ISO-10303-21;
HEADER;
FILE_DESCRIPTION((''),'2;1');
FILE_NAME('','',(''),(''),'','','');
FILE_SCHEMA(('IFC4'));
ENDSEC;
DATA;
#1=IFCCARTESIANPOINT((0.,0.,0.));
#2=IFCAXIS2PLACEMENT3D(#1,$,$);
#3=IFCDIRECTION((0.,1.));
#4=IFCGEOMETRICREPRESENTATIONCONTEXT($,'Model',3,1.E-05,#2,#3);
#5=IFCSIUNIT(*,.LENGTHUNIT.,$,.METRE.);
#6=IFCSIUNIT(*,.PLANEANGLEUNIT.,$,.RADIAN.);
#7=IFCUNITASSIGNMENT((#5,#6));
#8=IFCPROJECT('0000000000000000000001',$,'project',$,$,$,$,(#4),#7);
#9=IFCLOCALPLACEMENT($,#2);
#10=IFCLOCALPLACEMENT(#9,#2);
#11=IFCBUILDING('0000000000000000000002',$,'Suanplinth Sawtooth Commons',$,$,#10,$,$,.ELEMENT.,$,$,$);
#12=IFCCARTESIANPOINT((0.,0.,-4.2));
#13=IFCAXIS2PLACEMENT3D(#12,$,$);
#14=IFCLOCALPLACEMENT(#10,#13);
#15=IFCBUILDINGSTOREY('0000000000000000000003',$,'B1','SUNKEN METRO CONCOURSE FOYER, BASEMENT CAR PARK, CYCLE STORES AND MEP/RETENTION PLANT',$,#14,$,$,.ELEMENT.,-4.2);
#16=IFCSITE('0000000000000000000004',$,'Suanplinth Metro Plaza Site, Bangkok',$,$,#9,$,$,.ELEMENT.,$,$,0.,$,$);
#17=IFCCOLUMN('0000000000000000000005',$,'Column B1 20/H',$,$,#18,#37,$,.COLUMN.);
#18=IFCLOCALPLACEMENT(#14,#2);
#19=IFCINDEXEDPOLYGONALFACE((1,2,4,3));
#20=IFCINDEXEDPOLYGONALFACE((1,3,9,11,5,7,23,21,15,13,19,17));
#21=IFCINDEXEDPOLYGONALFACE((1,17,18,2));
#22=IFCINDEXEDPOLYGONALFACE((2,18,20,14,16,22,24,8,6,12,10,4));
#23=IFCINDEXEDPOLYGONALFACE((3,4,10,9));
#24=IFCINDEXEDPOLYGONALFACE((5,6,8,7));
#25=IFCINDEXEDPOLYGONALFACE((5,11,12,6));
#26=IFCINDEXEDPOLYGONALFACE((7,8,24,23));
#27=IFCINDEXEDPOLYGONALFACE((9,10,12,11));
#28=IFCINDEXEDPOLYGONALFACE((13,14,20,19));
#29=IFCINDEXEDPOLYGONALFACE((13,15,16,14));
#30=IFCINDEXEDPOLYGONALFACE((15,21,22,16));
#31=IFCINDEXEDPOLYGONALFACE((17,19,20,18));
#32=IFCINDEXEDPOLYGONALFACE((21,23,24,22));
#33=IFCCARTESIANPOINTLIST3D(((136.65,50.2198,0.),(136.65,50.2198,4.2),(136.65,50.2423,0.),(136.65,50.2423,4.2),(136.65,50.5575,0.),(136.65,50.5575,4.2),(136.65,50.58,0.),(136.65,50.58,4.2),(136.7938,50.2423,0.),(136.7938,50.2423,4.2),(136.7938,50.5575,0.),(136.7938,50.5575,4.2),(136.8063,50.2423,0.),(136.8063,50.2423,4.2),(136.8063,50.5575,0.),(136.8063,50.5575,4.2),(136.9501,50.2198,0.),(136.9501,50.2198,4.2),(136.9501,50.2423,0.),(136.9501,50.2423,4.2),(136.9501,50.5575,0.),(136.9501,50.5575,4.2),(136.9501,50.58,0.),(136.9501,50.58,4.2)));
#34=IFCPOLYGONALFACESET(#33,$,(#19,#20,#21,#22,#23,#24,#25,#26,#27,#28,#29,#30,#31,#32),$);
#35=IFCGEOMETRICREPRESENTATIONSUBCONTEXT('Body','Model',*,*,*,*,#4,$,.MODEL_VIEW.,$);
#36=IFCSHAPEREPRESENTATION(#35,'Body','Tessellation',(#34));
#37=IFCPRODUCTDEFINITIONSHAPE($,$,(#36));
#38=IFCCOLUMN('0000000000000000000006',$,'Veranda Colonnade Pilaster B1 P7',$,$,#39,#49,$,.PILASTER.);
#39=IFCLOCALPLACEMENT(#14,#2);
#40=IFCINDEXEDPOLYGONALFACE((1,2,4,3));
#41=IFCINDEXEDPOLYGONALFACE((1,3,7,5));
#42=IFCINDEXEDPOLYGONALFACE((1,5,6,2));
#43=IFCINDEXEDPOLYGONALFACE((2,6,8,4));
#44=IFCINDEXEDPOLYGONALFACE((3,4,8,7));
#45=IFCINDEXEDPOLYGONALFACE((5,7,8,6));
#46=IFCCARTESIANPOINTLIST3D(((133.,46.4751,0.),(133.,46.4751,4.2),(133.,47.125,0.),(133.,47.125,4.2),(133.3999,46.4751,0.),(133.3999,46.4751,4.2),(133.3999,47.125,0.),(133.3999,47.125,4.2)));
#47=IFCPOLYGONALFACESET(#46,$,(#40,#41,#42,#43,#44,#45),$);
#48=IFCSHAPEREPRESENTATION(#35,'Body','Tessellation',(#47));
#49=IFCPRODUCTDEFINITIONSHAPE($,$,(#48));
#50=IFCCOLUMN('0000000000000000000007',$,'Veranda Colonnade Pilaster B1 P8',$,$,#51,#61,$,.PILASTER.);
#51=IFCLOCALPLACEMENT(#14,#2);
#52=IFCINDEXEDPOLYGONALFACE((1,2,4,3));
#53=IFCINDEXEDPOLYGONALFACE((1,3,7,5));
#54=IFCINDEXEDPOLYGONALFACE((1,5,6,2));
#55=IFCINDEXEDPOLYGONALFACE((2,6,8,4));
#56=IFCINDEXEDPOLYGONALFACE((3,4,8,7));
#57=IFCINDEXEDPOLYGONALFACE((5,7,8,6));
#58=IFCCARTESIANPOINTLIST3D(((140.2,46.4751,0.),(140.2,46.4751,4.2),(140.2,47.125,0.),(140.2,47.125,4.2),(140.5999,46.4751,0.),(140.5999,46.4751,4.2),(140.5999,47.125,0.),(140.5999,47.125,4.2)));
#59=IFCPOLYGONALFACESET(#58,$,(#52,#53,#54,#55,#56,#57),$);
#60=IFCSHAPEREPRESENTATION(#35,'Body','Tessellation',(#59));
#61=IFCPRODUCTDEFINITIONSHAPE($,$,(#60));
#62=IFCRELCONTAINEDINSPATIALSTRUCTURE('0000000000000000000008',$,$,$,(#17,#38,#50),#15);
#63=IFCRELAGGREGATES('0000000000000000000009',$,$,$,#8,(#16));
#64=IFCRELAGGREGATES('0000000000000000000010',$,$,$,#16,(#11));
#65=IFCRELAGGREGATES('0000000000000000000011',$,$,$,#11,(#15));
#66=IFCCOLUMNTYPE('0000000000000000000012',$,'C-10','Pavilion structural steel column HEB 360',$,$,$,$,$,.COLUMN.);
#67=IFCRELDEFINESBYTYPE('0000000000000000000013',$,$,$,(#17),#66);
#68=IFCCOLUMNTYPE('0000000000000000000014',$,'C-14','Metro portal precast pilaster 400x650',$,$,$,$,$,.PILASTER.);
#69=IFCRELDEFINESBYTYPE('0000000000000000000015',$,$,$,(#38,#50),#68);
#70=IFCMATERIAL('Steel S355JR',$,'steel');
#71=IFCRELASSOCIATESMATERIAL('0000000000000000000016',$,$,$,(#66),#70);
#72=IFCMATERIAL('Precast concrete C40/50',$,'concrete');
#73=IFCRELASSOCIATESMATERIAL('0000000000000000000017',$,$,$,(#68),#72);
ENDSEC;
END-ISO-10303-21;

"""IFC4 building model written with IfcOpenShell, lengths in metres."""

from ifc_helpers import new_model, si_unit, direction, frame, origin, origin_2d, place, context, subcontext, project, spatial, rectangle, i_section, extrude, material, material_profile, profile_set, type_object, element, save


model = new_model("IFC4")

# Units and contexts
model_context = context("Model", 3, precision=1e-05, world=origin(), true_north=direction((0.0, 1.0)))
body_context = subcontext(model_context, "Body", "Model", "MODEL_VIEW")
ifc_project = project(units=[si_unit("LENGTHUNIT", "METRE"), si_unit("PLANEANGLEUNIT", "RADIAN")], contexts=[model_context])

# Site, building, storey
site_placement = place(None, origin())
site = spatial("IfcSite", under=ifc_project, at=site_placement, Name="Suanplinth Metro Plaza Site, Bangkok", CompositionType="ELEMENT", RefElevation=0.0)
building_placement = place(site_placement, origin())
building = spatial("IfcBuilding", under=site, at=building_placement, Name="Suanplinth Sawtooth Commons", CompositionType="ELEMENT")
storey_placement = place(building_placement, frame((0.0, 0.0, -4.2)))
storey = spatial("IfcBuildingStorey", under=building, at=storey_placement, Name="B1", Description="SUNKEN METRO CONCOURSE FOYER, BASEMENT CAR PARK, CYCLE STORES AND MEP/RETENTION PLANT", CompositionType="ELEMENT", Elevation=-4.2)

# Columns
ifc_material_1 = material(Name="Steel S355JR", Category="steel")
ifc_material_profile_1 = material_profile(ifc_material_1, i_section(OverallWidth=0.3, OverallDepth=0.3601, WebThickness=0.0125, FlangeThickness=0.0225, at=origin_2d()), Name="HEB 360")
ifc_profile_set_1 = profile_set([ifc_material_profile_1], Name="Steel S355JR")
column_type_1 = type_object("IfcColumnType", Name="C-10", Description="Pavilion structural steel column HEB 360", PredefinedType="COLUMN", material=ifc_profile_set_1)
column_1_placement = place(storey_placement, frame((136.8, 50.3999, 0.0), z_axis=(0.0, 0.0, 1.0), x_axis=(1.0, 0.0, 0.0)))
element("IfcColumn", 1, at=column_1_placement, inside=storey, type_object=column_type_1, Name="Column B1 20/H", PredefinedType="COLUMN", context=body_context, shape_type="SweptSolid", body=[
    extrude(i_section(OverallWidth=0.3, OverallDepth=0.3601, WebThickness=0.0125, FlangeThickness=0.0225, at=origin_2d()), origin(), (0.0, 0.0, 1.0), 4.2),
])
ifc_material_2 = material(Name="Precast concrete C40/50", Category="concrete")
ifc_material_profile_2 = material_profile(ifc_material_2, rectangle(XDim=0.3999, YDim=0.6499, at=origin_2d()), Name="PC-PIL 400x650")
ifc_profile_set_2 = profile_set([ifc_material_profile_2], Name="Precast concrete C40/50")
column_type_2 = type_object("IfcColumnType", Name="C-14", Description="Metro portal precast pilaster 400x650", PredefinedType="PILASTER", material=ifc_profile_set_2)
for number, where, z_axis, x_axis, name in (
    (2, (133.2, 46.8, 0.0), (0.0, 0.0, 1.0), (1.0, 0.0, 0.0), "Veranda Colonnade Pilaster B1 P7"),
    (3, (140.3999, 46.8, 0.0), (0.0, 0.0, 1.0), (1.0, 0.0, 0.0), "Veranda Colonnade Pilaster B1 P8"),
):
    element("IfcColumn", number, at=place(storey_placement, frame(where, z_axis=z_axis, x_axis=x_axis)), inside=storey, type_object=column_type_2, Name=name, PredefinedType="PILASTER", context=body_context, shape_type="SweptSolid", body=[
        extrude(rectangle(XDim=0.3999, YDim=0.6499, at=origin_2d()), origin(), (0.0, 0.0, 1.0), 4.2),
    ])

save(model, "model.ifc")
